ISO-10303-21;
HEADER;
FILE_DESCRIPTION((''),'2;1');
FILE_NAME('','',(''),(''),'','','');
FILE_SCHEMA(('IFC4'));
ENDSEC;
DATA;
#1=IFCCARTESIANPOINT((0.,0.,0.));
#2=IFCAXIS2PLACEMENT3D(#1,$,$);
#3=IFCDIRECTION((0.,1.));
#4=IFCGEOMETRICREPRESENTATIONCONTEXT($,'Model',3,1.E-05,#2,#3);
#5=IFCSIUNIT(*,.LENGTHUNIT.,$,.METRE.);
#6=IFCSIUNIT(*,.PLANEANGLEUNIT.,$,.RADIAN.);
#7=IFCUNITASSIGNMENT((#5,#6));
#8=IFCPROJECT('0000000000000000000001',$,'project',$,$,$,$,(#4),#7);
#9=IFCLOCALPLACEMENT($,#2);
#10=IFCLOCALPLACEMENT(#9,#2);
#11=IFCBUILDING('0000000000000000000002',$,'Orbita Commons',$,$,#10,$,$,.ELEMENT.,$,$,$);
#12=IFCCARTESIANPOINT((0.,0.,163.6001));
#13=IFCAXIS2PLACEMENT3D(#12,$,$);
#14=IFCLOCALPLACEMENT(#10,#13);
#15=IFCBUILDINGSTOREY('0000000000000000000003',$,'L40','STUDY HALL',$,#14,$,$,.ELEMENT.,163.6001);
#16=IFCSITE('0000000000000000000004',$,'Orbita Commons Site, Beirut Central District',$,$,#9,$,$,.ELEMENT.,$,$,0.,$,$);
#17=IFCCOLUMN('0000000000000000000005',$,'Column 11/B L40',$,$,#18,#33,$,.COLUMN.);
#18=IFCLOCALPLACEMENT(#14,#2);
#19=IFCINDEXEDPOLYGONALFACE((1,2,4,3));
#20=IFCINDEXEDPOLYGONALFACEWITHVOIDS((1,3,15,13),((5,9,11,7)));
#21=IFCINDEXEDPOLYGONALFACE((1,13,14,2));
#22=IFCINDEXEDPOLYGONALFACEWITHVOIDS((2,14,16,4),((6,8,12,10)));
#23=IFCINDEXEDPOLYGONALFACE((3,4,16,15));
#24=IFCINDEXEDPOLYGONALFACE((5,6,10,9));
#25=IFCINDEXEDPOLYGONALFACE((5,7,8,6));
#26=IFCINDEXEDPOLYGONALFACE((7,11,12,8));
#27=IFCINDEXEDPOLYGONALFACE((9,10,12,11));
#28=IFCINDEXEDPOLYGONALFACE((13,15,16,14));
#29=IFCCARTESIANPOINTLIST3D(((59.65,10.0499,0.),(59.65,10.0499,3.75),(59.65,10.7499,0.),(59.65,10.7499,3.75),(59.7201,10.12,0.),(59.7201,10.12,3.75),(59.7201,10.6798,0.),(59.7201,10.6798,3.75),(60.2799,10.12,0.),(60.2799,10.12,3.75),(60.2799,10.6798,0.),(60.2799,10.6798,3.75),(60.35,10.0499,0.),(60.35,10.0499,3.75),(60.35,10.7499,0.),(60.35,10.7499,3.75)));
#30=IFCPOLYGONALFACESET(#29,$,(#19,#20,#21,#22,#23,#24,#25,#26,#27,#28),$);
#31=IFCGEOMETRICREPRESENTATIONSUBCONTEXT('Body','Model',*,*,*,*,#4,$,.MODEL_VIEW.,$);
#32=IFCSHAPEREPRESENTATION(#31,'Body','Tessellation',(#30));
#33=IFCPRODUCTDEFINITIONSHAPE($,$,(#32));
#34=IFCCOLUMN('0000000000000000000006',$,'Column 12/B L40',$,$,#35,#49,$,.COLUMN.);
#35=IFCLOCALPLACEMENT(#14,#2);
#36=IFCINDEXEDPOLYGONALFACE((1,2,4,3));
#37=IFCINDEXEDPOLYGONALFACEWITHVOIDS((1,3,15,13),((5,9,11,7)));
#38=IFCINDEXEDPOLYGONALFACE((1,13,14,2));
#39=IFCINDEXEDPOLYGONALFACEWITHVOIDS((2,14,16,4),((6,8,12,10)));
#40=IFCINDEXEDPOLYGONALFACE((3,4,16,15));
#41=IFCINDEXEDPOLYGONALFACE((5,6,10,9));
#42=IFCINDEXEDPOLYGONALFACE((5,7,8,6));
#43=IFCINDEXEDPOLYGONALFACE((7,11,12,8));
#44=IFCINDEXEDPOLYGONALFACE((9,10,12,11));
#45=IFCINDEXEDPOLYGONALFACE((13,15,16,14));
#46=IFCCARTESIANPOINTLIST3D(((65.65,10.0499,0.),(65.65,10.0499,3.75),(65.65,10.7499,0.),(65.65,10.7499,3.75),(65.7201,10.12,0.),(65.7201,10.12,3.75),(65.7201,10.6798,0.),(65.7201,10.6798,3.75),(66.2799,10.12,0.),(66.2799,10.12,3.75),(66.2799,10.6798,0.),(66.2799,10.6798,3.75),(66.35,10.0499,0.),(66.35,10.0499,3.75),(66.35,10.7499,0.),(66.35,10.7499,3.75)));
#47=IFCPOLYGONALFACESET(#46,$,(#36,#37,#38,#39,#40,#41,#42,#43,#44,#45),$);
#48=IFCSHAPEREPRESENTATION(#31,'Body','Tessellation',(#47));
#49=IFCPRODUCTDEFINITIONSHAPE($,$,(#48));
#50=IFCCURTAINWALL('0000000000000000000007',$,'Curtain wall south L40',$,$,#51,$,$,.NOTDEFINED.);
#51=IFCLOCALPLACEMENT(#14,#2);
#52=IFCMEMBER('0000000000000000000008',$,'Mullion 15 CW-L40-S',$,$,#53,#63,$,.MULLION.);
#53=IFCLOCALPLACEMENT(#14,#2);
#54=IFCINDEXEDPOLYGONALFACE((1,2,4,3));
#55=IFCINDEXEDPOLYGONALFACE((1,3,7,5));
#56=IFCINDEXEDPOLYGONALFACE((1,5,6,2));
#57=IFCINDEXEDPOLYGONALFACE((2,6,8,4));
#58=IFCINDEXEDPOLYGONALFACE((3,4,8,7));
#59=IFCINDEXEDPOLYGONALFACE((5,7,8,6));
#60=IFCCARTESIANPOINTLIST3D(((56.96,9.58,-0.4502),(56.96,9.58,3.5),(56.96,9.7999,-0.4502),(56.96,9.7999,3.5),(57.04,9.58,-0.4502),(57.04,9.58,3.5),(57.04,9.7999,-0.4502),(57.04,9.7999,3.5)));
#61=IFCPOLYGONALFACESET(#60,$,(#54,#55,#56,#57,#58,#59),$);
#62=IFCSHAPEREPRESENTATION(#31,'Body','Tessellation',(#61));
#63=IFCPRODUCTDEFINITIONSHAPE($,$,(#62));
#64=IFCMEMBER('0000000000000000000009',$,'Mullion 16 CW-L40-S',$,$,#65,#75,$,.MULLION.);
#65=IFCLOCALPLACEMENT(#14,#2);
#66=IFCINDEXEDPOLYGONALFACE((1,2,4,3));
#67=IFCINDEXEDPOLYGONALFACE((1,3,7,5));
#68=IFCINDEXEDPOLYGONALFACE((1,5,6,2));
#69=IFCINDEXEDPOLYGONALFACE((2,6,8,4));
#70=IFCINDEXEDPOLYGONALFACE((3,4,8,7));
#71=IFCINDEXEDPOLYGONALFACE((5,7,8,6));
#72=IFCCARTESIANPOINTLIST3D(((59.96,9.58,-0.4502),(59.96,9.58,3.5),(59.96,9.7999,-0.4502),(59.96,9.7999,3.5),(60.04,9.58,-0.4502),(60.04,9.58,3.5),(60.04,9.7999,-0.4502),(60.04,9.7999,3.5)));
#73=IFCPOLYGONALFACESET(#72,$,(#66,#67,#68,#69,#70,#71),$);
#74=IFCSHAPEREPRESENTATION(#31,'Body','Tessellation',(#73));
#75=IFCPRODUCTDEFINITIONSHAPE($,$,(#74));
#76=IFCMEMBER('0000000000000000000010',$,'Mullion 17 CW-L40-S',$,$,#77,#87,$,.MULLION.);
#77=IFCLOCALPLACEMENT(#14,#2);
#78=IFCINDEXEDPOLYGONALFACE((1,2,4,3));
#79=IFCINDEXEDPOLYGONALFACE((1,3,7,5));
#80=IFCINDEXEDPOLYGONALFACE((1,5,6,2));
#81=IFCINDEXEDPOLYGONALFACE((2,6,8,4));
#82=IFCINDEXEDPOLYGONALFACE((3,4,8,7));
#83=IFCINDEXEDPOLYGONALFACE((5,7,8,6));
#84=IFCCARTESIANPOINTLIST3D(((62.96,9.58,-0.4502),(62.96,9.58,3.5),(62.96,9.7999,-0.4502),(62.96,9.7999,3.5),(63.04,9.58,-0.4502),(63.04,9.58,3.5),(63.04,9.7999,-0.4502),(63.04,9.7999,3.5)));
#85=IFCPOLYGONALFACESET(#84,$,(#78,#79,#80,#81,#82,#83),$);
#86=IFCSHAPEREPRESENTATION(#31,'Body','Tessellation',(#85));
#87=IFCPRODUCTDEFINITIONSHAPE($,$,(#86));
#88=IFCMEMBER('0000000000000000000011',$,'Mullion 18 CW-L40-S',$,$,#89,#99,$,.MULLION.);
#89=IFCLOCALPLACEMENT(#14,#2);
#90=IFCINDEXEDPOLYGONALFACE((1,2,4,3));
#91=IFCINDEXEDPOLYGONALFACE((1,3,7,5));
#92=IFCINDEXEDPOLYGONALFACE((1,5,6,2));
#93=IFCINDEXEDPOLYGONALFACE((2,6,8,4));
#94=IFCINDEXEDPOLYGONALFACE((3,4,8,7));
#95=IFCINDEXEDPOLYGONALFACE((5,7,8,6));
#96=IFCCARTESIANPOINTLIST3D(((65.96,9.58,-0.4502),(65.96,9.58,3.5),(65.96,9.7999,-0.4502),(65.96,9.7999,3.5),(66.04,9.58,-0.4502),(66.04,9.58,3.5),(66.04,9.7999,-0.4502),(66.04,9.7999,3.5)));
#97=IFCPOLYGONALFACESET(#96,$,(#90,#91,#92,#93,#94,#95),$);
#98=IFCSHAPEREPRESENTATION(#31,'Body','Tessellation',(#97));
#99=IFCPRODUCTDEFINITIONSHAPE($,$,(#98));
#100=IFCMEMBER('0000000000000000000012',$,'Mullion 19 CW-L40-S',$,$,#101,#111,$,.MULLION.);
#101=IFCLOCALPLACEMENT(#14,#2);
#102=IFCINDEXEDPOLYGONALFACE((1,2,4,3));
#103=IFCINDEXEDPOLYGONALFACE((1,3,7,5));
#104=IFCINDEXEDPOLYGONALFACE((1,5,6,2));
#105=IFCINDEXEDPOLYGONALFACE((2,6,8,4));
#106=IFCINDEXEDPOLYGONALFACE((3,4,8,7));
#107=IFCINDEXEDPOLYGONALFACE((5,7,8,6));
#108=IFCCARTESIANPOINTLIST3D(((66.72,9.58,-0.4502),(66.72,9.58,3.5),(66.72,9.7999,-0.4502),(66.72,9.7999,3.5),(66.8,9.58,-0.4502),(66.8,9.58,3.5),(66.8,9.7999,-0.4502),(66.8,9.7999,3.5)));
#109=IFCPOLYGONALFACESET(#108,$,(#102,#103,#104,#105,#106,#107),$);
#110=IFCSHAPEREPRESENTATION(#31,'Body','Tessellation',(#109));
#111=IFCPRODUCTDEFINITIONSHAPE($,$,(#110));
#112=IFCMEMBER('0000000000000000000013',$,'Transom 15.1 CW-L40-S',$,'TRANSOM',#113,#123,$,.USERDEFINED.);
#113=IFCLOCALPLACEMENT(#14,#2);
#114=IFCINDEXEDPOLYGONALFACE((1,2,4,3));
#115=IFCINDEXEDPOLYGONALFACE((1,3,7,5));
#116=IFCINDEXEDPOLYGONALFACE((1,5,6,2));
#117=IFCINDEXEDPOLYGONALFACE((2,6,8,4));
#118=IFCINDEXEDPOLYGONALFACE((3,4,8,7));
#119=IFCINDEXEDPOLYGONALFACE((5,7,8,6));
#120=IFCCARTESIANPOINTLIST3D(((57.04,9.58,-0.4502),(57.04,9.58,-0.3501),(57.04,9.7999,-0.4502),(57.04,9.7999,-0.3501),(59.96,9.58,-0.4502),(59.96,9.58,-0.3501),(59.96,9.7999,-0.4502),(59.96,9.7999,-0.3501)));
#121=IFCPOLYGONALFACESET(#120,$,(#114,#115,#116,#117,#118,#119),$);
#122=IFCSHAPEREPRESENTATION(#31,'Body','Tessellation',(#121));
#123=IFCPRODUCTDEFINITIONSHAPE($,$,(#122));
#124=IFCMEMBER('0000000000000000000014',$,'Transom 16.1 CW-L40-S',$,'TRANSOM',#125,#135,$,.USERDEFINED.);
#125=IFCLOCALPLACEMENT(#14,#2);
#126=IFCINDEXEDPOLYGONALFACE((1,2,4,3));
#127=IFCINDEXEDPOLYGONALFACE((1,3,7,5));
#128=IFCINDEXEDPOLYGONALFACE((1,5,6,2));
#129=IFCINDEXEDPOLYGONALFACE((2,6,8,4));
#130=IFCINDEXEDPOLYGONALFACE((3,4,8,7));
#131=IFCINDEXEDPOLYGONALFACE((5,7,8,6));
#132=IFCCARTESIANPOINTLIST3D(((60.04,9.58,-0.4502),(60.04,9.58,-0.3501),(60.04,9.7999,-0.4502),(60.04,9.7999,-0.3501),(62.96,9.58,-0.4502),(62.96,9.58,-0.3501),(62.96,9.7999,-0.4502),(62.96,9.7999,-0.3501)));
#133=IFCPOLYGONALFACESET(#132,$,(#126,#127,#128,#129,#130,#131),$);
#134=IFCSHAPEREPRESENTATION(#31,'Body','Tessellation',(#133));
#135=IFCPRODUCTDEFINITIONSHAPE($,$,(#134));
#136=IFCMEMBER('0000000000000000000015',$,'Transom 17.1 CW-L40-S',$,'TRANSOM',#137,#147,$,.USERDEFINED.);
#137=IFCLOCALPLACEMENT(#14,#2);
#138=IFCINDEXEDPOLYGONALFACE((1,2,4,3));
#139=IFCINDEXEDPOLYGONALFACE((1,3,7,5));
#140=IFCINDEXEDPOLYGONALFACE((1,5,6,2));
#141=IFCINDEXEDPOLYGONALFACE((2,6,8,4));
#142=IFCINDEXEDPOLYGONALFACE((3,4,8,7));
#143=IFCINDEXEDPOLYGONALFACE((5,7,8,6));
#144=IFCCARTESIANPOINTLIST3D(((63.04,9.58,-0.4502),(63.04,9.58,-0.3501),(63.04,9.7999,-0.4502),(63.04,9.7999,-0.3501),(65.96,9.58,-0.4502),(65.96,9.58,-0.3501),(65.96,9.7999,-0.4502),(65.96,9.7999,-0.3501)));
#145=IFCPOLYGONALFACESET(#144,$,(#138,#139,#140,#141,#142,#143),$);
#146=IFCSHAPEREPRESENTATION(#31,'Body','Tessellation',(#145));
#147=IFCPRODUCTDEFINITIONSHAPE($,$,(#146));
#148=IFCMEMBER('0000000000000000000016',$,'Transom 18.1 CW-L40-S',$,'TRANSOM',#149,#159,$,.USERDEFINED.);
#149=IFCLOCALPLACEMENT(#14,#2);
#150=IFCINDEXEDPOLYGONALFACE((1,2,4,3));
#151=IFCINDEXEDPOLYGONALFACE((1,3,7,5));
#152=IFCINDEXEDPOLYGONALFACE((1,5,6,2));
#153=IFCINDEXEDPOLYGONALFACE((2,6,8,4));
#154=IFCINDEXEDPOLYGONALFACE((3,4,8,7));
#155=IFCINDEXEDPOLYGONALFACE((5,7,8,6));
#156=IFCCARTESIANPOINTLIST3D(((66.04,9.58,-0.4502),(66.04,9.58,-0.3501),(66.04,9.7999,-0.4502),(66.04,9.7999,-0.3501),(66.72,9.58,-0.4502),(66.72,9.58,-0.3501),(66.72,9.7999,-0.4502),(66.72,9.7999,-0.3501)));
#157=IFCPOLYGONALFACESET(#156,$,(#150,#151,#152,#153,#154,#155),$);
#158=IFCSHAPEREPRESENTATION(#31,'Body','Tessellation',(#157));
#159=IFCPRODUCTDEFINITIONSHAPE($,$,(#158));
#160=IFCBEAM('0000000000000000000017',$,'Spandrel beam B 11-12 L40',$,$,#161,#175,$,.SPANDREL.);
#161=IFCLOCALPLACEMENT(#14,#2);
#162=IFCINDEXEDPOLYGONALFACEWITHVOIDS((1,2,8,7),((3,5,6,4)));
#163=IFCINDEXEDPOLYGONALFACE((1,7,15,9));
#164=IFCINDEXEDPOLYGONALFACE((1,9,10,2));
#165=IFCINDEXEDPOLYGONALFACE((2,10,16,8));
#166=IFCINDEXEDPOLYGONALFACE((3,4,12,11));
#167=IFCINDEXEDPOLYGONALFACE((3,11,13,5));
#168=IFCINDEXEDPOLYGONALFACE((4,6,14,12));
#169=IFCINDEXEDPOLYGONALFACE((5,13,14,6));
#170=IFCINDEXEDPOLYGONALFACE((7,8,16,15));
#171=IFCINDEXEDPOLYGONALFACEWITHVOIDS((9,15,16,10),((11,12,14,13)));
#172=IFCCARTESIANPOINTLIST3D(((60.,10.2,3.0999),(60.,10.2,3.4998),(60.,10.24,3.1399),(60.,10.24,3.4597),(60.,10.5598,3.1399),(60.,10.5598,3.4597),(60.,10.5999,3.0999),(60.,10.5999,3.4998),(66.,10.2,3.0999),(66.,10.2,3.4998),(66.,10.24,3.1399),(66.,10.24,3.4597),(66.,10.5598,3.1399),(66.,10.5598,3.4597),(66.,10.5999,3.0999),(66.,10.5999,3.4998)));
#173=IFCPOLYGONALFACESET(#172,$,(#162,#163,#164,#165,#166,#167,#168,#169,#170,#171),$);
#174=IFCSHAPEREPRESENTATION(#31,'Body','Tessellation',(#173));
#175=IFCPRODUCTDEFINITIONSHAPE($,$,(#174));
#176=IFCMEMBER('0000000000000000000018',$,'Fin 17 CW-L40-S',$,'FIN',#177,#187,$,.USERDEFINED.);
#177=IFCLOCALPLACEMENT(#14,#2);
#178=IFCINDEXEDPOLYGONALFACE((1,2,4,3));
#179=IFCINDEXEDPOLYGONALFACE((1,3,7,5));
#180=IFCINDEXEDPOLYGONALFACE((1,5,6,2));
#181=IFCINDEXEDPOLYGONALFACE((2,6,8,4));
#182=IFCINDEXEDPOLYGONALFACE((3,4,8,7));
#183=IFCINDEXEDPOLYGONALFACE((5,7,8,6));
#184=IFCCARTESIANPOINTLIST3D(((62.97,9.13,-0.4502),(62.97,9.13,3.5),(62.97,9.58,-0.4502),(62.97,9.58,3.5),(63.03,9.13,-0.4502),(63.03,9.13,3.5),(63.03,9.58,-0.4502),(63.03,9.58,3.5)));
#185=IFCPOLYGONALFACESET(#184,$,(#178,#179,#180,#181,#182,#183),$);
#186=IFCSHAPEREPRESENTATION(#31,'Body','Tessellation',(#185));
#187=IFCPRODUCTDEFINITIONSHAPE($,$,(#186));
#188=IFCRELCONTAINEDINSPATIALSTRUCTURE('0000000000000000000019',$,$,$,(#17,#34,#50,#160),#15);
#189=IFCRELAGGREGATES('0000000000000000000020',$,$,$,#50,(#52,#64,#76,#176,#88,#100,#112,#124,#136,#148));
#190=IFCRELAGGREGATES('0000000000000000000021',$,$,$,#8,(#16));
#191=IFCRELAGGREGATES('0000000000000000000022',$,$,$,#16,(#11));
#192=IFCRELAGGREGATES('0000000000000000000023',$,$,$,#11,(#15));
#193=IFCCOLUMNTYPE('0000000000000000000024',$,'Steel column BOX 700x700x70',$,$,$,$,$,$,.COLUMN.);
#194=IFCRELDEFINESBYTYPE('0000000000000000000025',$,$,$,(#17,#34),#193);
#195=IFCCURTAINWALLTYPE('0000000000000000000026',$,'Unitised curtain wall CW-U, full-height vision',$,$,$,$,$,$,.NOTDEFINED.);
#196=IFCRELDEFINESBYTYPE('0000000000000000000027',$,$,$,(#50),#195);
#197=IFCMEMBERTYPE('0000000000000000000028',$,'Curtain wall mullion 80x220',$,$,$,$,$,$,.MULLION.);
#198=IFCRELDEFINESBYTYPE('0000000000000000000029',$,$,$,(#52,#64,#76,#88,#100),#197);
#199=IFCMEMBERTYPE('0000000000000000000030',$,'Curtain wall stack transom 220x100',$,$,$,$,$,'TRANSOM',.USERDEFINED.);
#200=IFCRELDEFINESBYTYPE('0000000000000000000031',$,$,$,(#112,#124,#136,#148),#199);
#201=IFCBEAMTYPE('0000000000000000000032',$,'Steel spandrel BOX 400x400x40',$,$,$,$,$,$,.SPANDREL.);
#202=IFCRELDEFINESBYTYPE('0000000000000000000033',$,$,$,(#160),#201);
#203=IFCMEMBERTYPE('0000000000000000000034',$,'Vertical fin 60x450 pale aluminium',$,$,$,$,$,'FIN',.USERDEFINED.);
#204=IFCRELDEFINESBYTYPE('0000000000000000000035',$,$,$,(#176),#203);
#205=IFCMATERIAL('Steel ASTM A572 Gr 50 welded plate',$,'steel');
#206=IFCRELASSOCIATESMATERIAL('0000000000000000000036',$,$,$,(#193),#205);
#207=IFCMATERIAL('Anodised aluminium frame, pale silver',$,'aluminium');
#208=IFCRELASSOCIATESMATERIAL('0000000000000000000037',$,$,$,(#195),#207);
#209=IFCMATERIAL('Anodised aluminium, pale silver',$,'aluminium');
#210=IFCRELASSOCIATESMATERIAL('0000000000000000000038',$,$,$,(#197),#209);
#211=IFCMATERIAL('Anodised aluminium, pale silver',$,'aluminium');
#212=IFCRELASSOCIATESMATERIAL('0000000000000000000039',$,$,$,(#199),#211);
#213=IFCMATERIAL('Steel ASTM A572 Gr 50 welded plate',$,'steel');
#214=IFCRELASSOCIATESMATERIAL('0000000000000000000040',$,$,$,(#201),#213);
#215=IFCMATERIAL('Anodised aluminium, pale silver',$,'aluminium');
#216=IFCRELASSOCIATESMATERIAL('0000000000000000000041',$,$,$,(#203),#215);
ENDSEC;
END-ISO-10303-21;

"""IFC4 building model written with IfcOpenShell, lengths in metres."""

from ifc_helpers import new_model, si_unit, direction, frame, origin, origin_2d, place, context, subcontext, project, spatial, rectangle, hollow_rectangle, extrude, material, material_profile, profile_set, type_object, element, aggregate, save


model = new_model("IFC4")

# Units and contexts
model_context = context("Model", 3, precision=1e-05, world=origin(), true_north=direction((0.0, 1.0)))
body_context = subcontext(model_context, "Body", "Model", "MODEL_VIEW")
ifc_project = project(units=[si_unit("LENGTHUNIT", "METRE"), si_unit("PLANEANGLEUNIT", "RADIAN")], contexts=[model_context])

# Site, building, storey
site_placement = place(None, origin())
site = spatial("IfcSite", under=ifc_project, at=site_placement, Name="Orbita Commons Site, Beirut Central District", CompositionType="ELEMENT", RefElevation=0.0)
building_placement = place(site_placement, origin())
building = spatial("IfcBuilding", under=site, at=building_placement, Name="Orbita Commons", CompositionType="ELEMENT")
storey_placement = place(building_placement, frame((0.0, 0.0, 163.6001)))
storey = spatial("IfcBuildingStorey", under=building, at=storey_placement, Name="L40", Description="STUDY HALL", CompositionType="ELEMENT", Elevation=163.6001)

# Columns
ifc_material_1 = material(Name="Steel ASTM A572 Gr 50 welded plate", Category="steel")
ifc_material_profile_1 = material_profile(ifc_material_1, hollow_rectangle(XDim=0.7, YDim=0.7, WallThickness=0.0701, at=origin_2d()), Name="BOX 700x700x70")
ifc_profile_set_1 = profile_set([ifc_material_profile_1], Name="Steel ASTM A572 Gr 50 welded plate")
column_type = type_object("IfcColumnType", Name="Steel column BOX 700x700x70", PredefinedType="COLUMN", material=ifc_profile_set_1)
for number, where, z_axis, x_axis, name in (
    (1, (60.0, 10.3999, 0.0), (0.0, 0.0, 1.0), (1.0, 0.0, 0.0), "Column 11/B L40"),
    (2, (66.0, 10.3999, 0.0), (0.0, 0.0, 1.0), (1.0, 0.0, 0.0), "Column 12/B L40"),
):
    element("IfcColumn", number, at=place(storey_placement, frame(where, z_axis=z_axis, x_axis=x_axis)), inside=storey, type_object=column_type, Name=name, PredefinedType="COLUMN", context=body_context, shape_type="SweptSolid", body=[
        extrude(hollow_rectangle(XDim=0.7, YDim=0.7, WallThickness=0.0701, at=origin_2d()), origin(), (0.0, 0.0, 1.0), 3.75),
    ])

# Curtain wall, members
ifc_material_2 = material(Name="Anodised aluminium frame, pale silver", Category="aluminium")
curtain_wall_type = type_object("IfcCurtainWallType", Name="Unitised curtain wall CW-U, full-height vision", PredefinedType="NOTDEFINED", material=ifc_material_2)
curtain_wall_placement = place(storey_placement, origin())
curtain_wall = element("IfcCurtainWall", 3, at=curtain_wall_placement, inside=storey, type_object=curtain_wall_type, Name="Curtain wall south L40", PredefinedType="NOTDEFINED")
ifc_material_3 = material(Name="Anodised aluminium, pale silver", Category="aluminium")
ifc_material_profile_2 = material_profile(ifc_material_3, rectangle(XDim=0.0801, YDim=0.22, at=origin_2d()), Name="AL 80x220")
ifc_profile_set_2 = profile_set([ifc_material_profile_2], Name="Anodised aluminium, pale silver")
member_type_1 = type_object("IfcMemberType", Name="Curtain wall mullion 80x220", PredefinedType="MULLION", material=ifc_profile_set_2)
member_1_placement = place(storey_placement, frame((57.0, 9.6899, -0.4502), z_axis=(0.0, 0.0, 1.0), x_axis=(1.0, 0.0, 0.0)))
member_1 = element("IfcMember", 4, at=member_1_placement, type_object=member_type_1, Name="Mullion 15 CW-L40-S", PredefinedType="MULLION", context=body_context, shape_type="SweptSolid", body=[
    extrude(rectangle(XDim=0.0801, YDim=0.22, at=origin_2d()), origin(), (0.0, 0.0, 1.0), 3.9502),
])
member_2_placement = place(storey_placement, frame((60.0, 9.6899, -0.4502), z_axis=(0.0, 0.0, 1.0), x_axis=(1.0, 0.0, 0.0)))
member_2 = element("IfcMember", 5, at=member_2_placement, type_object=member_type_1, Name="Mullion 16 CW-L40-S", PredefinedType="MULLION", context=body_context, shape_type="SweptSolid", body=[
    extrude(rectangle(XDim=0.0801, YDim=0.22, at=origin_2d()), origin(), (0.0, 0.0, 1.0), 3.9502),
])
member_3_placement = place(storey_placement, frame((63.0, 9.6899, -0.4502), z_axis=(0.0, 0.0, 1.0), x_axis=(1.0, 0.0, 0.0)))
member_3 = element("IfcMember", 6, at=member_3_placement, type_object=member_type_1, Name="Mullion 17 CW-L40-S", PredefinedType="MULLION", context=body_context, shape_type="SweptSolid", body=[
    extrude(rectangle(XDim=0.0801, YDim=0.22, at=origin_2d()), origin(), (0.0, 0.0, 1.0), 3.9502),
])
member_4_placement = place(storey_placement, frame((66.0, 9.6899, -0.4502), z_axis=(0.0, 0.0, 1.0), x_axis=(1.0, 0.0, 0.0)))
member_4 = element("IfcMember", 7, at=member_4_placement, type_object=member_type_1, Name="Mullion 18 CW-L40-S", PredefinedType="MULLION", context=body_context, shape_type="SweptSolid", body=[
    extrude(rectangle(XDim=0.0801, YDim=0.22, at=origin_2d()), origin(), (0.0, 0.0, 1.0), 3.9502),
])
member_5_placement = place(storey_placement, frame((66.76, 9.6899, -0.4502), z_axis=(0.0, 0.0, 1.0), x_axis=(1.0, 0.0, 0.0)))
member_5 = element("IfcMember", 8, at=member_5_placement, type_object=member_type_1, Name="Mullion 19 CW-L40-S", PredefinedType="MULLION", context=body_context, shape_type="SweptSolid", body=[
    extrude(rectangle(XDim=0.0801, YDim=0.22, at=origin_2d()), origin(), (0.0, 0.0, 1.0), 3.9502),
])
ifc_material_4 = material(Name="Anodised aluminium, pale silver", Category="aluminium")
ifc_material_profile_3 = material_profile(ifc_material_4, rectangle(XDim=0.22, YDim=0.1001, at=origin_2d()), Name="AL 220x100")
ifc_profile_set_3 = profile_set([ifc_material_profile_3], Name="Anodised aluminium, pale silver")
member_type_2 = type_object("IfcMemberType", Name="Curtain wall stack transom 220x100", ElementType="TRANSOM", PredefinedType="USERDEFINED", material=ifc_profile_set_3)
member_6_placement = place(storey_placement, frame((57.04, 9.6899, -0.4001), z_axis=(1.0, 0.0, 0.0), x_axis=(0.0, 1.0, 0.0)))
member_6 = element("IfcMember", 9, at=member_6_placement, type_object=member_type_2, Name="Transom 15.1 CW-L40-S", ObjectType="TRANSOM", PredefinedType="USERDEFINED", context=body_context, shape_type="SweptSolid", body=[
    extrude(rectangle(XDim=0.22, YDim=0.1001, at=origin_2d()), origin(), (0.0, 0.0, 1.0), 2.9199),
])
member_7_placement = place(storey_placement, frame((60.04, 9.6899, -0.4001), z_axis=(1.0, 0.0, 0.0), x_axis=(0.0, 1.0, 0.0)))
member_7 = element("IfcMember", 10, at=member_7_placement, type_object=member_type_2, Name="Transom 16.1 CW-L40-S", ObjectType="TRANSOM", PredefinedType="USERDEFINED", context=body_context, shape_type="SweptSolid", body=[
    extrude(rectangle(XDim=0.22, YDim=0.1001, at=origin_2d()), origin(), (0.0, 0.0, 1.0), 2.9199),
])
member_8_placement = place(storey_placement, frame((63.04, 9.6899, -0.4001), z_axis=(1.0, 0.0, 0.0), x_axis=(0.0, 1.0, 0.0)))
member_8 = element("IfcMember", 11, at=member_8_placement, type_object=member_type_2, Name="Transom 17.1 CW-L40-S", ObjectType="TRANSOM", PredefinedType="USERDEFINED", context=body_context, shape_type="SweptSolid", body=[
    extrude(rectangle(XDim=0.22, YDim=0.1001, at=origin_2d()), origin(), (0.0, 0.0, 1.0), 2.9199),
])
member_9_placement = place(storey_placement, frame((66.04, 9.6899, -0.4001), z_axis=(1.0, 0.0, 0.0), x_axis=(0.0, 1.0, 0.0)))
member_9 = element("IfcMember", 12, at=member_9_placement, type_object=member_type_2, Name="Transom 18.1 CW-L40-S", ObjectType="TRANSOM", PredefinedType="USERDEFINED", context=body_context, shape_type="SweptSolid", body=[
    extrude(rectangle(XDim=0.22, YDim=0.1001, at=origin_2d()), origin(), (0.0, 0.0, 1.0), 0.6799),
])

# Beam
ifc_material_5 = material(Name="Steel ASTM A572 Gr 50 welded plate", Category="steel")
ifc_material_profile_4 = material_profile(ifc_material_5, hollow_rectangle(XDim=0.3999, YDim=0.3999, WallThickness=0.04, at=origin_2d()), Name="BOX 400x400x40")
ifc_profile_set_4 = profile_set([ifc_material_profile_4], Name="Steel ASTM A572 Gr 50 welded plate")
beam_type = type_object("IfcBeamType", Name="Steel spandrel BOX 400x400x40", PredefinedType="SPANDREL", material=ifc_profile_set_4)
beam_placement = place(storey_placement, frame((60.0, 10.3999, 3.2998), z_axis=(1.0, 0.0, 0.0), x_axis=(0.0, 1.0, 0.0)))
element("IfcBeam", 13, at=beam_placement, inside=storey, type_object=beam_type, Name="Spandrel beam B 11-12 L40", PredefinedType="SPANDREL", context=body_context, shape_type="SweptSolid", body=[
    extrude(hollow_rectangle(XDim=0.3999, YDim=0.3999, WallThickness=0.04, at=origin_2d()), origin(), (0.0, 0.0, 1.0), 6.0),
])

# Member
ifc_material_6 = material(Name="Anodised aluminium, pale silver", Category="aluminium")
ifc_material_profile_5 = material_profile(ifc_material_6, rectangle(XDim=0.0601, YDim=0.45, at=origin_2d()), Name="FIN 60x450")
ifc_profile_set_5 = profile_set([ifc_material_profile_5], Name="Anodised aluminium, pale silver")
member_type_3 = type_object("IfcMemberType", Name="Vertical fin 60x450 pale aluminium", ElementType="FIN", PredefinedType="USERDEFINED", material=ifc_profile_set_5)
member_10_placement = place(storey_placement, frame((63.0, 9.355, -0.4502), z_axis=(0.0, 0.0, 1.0), x_axis=(1.0, 0.0, 0.0)))
member_10 = element("IfcMember", 14, at=member_10_placement, type_object=member_type_3, Name="Fin 17 CW-L40-S", ObjectType="FIN", PredefinedType="USERDEFINED", context=body_context, shape_type="SweptSolid", body=[
    extrude(rectangle(XDim=0.0601, YDim=0.45, at=origin_2d()), origin(), (0.0, 0.0, 1.0), 3.9502),
])

aggregate(curtain_wall, [member_1, member_2, member_3, member_10, member_4, member_5, member_6, member_7, member_8, member_9])

save(model, "model.ifc")
